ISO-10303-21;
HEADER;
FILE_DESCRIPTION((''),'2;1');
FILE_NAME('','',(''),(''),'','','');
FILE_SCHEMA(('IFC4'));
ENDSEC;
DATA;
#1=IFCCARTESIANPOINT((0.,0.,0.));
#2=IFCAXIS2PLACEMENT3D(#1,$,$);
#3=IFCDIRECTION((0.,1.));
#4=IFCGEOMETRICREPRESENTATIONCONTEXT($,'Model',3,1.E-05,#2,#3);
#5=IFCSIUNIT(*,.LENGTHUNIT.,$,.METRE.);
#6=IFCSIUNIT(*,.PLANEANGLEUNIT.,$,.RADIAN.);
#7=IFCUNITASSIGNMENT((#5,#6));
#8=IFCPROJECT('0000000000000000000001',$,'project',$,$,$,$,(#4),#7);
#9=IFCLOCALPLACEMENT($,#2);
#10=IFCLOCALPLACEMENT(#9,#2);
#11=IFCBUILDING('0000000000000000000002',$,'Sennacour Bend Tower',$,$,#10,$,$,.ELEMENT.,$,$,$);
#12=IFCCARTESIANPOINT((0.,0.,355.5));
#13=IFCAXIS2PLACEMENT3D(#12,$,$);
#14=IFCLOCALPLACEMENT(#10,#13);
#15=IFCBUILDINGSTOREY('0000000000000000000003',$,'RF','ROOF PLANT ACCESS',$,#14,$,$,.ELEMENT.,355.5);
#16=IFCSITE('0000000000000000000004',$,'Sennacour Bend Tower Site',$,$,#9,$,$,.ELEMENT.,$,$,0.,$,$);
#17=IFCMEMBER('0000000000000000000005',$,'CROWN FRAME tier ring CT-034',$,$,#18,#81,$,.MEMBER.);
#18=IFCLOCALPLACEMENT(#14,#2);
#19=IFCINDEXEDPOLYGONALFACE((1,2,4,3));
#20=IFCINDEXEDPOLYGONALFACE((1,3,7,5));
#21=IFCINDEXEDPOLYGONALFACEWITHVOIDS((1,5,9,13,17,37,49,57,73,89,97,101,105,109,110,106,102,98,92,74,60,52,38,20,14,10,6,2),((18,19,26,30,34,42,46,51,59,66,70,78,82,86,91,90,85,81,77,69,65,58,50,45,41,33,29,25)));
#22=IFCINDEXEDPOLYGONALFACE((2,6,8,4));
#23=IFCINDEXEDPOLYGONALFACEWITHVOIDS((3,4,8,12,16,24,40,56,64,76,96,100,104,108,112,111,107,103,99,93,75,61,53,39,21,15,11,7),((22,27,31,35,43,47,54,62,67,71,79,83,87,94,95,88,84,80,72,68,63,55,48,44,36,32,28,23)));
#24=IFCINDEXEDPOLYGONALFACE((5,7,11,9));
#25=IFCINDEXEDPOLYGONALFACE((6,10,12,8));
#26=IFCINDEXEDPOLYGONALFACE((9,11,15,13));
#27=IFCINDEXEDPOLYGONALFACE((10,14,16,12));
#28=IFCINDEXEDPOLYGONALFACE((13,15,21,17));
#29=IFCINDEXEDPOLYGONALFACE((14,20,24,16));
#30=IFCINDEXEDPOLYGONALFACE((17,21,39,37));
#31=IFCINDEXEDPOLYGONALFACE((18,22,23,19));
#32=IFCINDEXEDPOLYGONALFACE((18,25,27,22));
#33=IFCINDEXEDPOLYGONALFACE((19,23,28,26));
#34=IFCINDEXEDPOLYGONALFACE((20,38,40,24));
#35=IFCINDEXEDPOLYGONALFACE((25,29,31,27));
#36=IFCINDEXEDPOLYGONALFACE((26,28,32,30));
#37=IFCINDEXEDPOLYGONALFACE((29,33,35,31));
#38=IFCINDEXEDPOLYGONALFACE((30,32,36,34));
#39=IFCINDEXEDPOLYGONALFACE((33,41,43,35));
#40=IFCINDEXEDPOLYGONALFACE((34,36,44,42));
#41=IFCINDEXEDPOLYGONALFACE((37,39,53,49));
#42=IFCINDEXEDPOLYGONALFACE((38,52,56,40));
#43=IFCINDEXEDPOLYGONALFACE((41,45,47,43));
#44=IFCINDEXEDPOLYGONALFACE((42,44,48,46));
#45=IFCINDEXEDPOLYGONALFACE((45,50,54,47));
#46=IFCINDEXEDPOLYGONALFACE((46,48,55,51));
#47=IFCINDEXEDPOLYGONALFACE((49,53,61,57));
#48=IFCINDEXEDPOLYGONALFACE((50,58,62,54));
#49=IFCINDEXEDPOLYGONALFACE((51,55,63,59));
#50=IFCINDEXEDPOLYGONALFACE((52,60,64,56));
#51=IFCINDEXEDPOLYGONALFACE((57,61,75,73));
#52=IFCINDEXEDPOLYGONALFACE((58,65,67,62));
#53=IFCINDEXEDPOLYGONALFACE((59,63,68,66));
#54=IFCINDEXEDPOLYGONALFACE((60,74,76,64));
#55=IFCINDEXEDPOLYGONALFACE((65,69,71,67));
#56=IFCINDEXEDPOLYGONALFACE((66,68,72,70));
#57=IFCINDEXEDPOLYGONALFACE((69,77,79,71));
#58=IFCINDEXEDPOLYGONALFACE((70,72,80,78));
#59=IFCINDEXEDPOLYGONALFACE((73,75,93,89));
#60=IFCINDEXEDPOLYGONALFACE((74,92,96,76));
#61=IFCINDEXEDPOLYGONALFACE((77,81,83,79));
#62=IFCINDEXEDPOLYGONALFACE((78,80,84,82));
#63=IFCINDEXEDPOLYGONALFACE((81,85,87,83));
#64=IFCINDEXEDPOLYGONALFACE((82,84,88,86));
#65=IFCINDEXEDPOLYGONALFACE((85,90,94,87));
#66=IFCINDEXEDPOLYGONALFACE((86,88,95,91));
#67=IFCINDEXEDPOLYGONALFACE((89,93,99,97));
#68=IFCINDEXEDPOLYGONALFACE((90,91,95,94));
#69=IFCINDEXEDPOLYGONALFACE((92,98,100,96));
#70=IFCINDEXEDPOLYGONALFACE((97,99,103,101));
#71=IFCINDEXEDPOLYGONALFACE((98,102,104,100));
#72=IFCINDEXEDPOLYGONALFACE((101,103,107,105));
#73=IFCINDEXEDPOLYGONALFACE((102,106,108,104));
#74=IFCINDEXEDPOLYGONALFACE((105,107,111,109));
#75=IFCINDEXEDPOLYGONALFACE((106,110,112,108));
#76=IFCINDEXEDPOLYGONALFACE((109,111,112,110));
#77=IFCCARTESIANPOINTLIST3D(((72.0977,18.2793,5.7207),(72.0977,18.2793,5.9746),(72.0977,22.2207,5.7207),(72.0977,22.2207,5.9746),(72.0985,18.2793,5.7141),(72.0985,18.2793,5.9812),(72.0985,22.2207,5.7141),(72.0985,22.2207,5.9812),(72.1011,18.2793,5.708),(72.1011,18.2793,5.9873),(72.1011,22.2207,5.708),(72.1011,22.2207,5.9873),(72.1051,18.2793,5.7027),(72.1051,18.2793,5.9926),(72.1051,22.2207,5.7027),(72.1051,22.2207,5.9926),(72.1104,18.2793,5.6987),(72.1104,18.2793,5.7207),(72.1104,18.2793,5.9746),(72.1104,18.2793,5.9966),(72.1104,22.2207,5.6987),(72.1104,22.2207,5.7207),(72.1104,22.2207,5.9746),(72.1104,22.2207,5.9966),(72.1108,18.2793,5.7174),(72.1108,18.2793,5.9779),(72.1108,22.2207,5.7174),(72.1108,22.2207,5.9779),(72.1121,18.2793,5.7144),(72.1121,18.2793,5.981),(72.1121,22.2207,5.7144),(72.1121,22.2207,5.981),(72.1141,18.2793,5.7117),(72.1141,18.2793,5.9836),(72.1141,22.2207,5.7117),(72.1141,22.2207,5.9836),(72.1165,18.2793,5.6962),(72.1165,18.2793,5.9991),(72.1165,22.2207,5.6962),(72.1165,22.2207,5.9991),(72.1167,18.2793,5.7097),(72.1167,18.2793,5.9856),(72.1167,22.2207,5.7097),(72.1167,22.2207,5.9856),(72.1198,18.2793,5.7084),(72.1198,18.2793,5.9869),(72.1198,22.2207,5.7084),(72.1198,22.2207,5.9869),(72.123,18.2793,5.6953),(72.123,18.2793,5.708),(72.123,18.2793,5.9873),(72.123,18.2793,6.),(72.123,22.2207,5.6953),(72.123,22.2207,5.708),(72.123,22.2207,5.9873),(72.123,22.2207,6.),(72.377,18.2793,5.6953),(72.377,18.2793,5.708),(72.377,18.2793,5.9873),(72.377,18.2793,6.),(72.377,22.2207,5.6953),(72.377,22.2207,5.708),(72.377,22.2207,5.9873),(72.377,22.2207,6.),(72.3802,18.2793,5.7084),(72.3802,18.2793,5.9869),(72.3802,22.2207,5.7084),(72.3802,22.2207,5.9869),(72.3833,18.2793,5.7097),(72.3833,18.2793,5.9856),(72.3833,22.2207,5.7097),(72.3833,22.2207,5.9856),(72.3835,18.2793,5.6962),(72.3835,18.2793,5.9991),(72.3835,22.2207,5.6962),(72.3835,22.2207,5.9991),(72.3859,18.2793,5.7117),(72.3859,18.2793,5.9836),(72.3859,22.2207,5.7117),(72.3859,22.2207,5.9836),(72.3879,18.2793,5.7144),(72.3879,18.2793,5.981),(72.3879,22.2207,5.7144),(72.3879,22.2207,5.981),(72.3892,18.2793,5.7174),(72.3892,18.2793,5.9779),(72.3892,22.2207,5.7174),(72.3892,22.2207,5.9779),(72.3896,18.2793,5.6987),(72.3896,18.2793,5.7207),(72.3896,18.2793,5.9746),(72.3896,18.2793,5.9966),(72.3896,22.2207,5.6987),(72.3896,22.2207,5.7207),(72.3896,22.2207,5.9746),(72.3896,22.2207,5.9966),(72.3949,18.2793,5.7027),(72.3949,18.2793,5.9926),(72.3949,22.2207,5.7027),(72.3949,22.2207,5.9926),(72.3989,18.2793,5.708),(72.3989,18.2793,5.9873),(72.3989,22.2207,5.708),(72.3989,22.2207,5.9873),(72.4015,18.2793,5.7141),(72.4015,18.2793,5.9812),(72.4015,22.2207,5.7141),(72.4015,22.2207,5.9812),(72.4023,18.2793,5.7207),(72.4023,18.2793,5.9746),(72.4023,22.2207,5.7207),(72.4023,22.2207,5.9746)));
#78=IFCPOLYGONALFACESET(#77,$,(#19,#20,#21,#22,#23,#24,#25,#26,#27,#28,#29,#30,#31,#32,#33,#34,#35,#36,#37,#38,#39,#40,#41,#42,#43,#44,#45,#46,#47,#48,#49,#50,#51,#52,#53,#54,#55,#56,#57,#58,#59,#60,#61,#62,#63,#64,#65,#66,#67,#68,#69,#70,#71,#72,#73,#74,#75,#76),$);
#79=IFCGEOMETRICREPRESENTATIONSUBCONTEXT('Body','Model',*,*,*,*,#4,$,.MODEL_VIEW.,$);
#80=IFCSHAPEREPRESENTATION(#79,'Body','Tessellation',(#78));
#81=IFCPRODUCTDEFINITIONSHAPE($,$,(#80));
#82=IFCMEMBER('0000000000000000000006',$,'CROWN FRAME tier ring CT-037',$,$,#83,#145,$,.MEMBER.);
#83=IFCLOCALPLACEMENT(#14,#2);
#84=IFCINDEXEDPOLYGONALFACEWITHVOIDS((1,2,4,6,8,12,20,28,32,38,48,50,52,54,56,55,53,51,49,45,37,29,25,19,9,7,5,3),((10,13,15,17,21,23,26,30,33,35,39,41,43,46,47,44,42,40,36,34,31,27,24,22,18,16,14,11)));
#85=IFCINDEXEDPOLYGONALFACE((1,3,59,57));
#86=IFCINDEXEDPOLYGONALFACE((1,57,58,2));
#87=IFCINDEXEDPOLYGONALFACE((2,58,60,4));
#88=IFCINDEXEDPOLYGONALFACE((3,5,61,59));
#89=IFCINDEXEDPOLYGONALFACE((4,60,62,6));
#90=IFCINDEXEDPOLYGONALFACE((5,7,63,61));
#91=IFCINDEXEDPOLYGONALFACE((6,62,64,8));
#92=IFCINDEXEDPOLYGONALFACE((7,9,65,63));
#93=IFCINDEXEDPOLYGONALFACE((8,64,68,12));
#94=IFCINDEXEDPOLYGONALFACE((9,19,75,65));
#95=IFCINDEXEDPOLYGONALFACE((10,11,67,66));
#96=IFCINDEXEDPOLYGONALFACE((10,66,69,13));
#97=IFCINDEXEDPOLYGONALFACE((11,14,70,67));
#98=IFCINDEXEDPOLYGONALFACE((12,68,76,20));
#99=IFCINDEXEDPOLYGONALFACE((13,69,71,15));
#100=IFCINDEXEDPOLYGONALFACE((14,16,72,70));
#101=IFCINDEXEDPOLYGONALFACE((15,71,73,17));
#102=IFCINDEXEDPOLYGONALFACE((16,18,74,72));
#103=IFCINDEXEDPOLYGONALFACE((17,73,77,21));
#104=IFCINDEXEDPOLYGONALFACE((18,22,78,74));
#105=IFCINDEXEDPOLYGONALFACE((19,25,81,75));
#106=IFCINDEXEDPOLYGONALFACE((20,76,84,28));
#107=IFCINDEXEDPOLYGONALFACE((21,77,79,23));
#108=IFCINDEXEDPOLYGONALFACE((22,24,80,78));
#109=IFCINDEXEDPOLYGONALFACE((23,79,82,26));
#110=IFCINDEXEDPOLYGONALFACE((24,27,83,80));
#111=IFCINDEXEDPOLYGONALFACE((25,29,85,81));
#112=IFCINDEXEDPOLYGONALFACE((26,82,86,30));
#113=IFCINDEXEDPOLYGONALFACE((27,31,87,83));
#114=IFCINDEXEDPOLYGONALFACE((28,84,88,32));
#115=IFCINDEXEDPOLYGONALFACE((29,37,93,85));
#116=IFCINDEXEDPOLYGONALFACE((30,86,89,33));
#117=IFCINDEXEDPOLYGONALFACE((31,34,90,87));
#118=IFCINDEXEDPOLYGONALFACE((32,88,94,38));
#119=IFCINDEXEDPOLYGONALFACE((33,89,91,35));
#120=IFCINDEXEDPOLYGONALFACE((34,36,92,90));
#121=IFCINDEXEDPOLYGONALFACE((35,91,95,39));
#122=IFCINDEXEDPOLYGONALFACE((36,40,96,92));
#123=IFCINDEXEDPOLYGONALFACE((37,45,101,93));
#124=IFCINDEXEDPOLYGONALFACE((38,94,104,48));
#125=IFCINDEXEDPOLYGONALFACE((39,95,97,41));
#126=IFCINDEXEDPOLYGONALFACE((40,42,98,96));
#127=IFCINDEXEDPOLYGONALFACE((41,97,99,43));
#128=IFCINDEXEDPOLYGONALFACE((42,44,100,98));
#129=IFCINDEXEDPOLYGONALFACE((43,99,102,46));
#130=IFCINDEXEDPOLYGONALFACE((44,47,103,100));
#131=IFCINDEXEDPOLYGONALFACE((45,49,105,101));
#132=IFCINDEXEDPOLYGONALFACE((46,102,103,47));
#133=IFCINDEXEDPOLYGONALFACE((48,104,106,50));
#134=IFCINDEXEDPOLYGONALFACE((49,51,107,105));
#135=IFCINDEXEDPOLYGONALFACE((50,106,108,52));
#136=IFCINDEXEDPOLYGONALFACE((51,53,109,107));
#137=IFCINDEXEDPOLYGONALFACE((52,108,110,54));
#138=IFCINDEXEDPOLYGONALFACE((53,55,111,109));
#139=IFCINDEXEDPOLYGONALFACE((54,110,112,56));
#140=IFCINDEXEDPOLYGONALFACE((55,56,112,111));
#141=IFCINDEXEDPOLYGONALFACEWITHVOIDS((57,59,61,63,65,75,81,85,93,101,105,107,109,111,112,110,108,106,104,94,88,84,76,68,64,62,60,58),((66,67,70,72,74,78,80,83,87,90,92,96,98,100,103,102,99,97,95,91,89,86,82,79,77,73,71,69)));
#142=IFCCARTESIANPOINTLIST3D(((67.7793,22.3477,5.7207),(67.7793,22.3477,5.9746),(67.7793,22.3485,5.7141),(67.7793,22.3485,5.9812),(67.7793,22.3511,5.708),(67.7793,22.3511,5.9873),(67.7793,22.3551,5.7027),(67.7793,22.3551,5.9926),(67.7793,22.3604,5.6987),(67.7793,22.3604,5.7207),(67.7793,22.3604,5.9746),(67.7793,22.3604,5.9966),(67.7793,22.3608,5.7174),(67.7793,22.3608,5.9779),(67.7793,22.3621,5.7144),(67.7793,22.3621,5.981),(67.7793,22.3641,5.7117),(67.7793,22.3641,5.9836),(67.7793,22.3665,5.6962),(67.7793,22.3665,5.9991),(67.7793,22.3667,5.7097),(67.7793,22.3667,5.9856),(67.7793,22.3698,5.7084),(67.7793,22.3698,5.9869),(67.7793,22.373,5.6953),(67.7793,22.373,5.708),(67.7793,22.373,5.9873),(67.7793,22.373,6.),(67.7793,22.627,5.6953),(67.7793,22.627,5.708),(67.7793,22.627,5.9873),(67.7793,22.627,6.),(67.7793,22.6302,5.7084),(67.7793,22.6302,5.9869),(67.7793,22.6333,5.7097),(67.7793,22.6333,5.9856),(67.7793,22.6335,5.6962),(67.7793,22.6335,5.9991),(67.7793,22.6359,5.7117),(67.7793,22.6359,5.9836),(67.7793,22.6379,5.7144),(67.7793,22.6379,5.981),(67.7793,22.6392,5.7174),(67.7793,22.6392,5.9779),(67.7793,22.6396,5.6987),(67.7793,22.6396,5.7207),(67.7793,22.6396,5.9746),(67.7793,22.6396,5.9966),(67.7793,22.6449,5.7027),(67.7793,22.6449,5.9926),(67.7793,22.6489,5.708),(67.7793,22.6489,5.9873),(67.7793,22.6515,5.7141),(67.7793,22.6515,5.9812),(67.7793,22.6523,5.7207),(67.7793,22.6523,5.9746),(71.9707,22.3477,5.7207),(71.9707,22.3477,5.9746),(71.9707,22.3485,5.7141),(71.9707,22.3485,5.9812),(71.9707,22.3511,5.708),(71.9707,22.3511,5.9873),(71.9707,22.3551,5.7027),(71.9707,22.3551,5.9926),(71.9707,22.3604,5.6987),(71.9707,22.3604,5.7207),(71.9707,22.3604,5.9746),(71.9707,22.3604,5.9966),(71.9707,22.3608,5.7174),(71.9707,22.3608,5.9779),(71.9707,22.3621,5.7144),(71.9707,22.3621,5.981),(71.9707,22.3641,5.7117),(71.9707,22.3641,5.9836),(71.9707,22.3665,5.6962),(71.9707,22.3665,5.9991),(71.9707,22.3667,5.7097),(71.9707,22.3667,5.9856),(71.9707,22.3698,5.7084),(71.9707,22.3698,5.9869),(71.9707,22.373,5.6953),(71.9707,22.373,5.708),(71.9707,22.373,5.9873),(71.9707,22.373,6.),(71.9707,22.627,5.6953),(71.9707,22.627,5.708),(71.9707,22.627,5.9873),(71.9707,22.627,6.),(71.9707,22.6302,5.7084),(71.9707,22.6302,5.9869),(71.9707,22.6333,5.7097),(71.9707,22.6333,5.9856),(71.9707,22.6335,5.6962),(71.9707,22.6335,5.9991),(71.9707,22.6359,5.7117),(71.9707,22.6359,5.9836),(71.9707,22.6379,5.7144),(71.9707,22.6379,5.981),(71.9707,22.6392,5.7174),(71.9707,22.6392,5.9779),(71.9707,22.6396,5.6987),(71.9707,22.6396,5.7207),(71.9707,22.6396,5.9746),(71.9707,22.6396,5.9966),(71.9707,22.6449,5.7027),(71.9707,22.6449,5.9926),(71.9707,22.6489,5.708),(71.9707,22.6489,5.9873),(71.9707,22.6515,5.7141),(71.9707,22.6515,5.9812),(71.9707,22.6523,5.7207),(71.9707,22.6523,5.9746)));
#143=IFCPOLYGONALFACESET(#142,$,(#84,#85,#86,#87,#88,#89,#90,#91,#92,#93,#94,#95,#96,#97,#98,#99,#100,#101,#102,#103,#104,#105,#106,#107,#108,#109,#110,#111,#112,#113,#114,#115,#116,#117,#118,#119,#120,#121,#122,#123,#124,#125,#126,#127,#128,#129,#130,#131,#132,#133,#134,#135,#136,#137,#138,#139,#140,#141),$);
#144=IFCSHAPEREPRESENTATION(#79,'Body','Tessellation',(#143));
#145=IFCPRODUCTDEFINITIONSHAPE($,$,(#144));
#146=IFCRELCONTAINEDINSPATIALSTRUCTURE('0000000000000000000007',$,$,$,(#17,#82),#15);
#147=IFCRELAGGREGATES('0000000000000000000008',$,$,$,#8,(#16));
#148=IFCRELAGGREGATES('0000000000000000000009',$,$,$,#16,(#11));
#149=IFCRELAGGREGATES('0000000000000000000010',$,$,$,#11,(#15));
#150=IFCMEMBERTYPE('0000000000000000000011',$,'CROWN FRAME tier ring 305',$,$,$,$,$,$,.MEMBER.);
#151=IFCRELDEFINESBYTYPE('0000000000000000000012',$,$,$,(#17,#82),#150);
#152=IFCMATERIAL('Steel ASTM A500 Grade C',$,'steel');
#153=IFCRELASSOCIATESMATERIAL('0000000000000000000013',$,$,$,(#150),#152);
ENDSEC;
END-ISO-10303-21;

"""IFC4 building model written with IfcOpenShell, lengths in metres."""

from ifc_helpers import new_model, si_unit, direction, frame, origin, origin_2d, place, context, subcontext, project, spatial, hollow_rectangle, extrude, material, material_profile, profile_set, type_object, element, save


model = new_model("IFC4")

# Units and contexts
model_context = context("Model", 3, precision=1e-05, world=origin(), true_north=direction((0.0, 1.0)))
body_context = subcontext(model_context, "Body", "Model", "MODEL_VIEW")
ifc_project = project(units=[si_unit("LENGTHUNIT", "METRE"), si_unit("PLANEANGLEUNIT", "RADIAN")], contexts=[model_context])

# Site, building, storey
site_placement = place(None, origin())
site = spatial("IfcSite", under=ifc_project, at=site_placement, Name="Sennacour Bend Tower Site", CompositionType="ELEMENT", RefElevation=0.0)
building_placement = place(site_placement, origin())
building = spatial("IfcBuilding", under=site, at=building_placement, Name="Sennacour Bend Tower", CompositionType="ELEMENT")
storey_placement = place(building_placement, frame((0.0, 0.0, 355.5)))
storey = spatial("IfcBuildingStorey", under=building, at=storey_placement, Name="RF", Description="ROOF PLANT ACCESS", CompositionType="ELEMENT", Elevation=355.5)

# Shared definitions
ifc_material_1 = material(Name="Steel ASTM A500 Grade C", Category="steel")

# Members
ifc_material_profile_1 = material_profile(ifc_material_1, hollow_rectangle(XDim=0.3047, YDim=0.3047, WallThickness=0.0127, InnerFilletRadius=0.0127, OuterFilletRadius=0.0254, at=origin_2d()), Name="Steel ASTM A500 Grade C", Category="steel")
ifc_profile_set_1 = profile_set([ifc_material_profile_1], Name="Steel ASTM A500 Grade C")
member_type_1 = type_object("IfcMemberType", Name="CROWN FRAME tier ring 305", PredefinedType="MEMBER", material=ifc_profile_set_1)
for number, where, z_axis, x_axis, name in (
    (1, (72.25, 18.2793, 5.8477), (0.0, 1.0, 0.0), (-1.0, 0.0, 0.0), "CROWN FRAME tier ring CT-034"),
):
    element("IfcMember", number, at=place(storey_placement, frame(where, z_axis=z_axis, x_axis=x_axis)), inside=storey, type_object=member_type_1, Name=name, PredefinedType="MEMBER", context=body_context, shape_type="SweptSolid", body=[
        extrude(hollow_rectangle(XDim=0.3047, YDim=0.3047, WallThickness=0.0127, InnerFilletRadius=0.0127, OuterFilletRadius=0.0254, at=origin_2d()), origin(), (0.0, 0.0, 1.0), 3.9414),
    ])
member_1_placement = place(storey_placement, frame((71.9707, 22.5, 5.8477), z_axis=(-1.0, 0.0, 0.0), x_axis=(0.0, -1.0, 0.0)))
element("IfcMember", 2, at=member_1_placement, inside=storey, type_object=member_type_1, Name="CROWN FRAME tier ring CT-037", PredefinedType="MEMBER", context=body_context, shape_type="SweptSolid", body=[
    extrude(hollow_rectangle(XDim=0.3047, YDim=0.3047, WallThickness=0.0127, InnerFilletRadius=0.0127, OuterFilletRadius=0.0254, at=origin_2d()), origin(), (0.0, 0.0, 1.0), 4.1914),
])

save(model, "model.ifc")
